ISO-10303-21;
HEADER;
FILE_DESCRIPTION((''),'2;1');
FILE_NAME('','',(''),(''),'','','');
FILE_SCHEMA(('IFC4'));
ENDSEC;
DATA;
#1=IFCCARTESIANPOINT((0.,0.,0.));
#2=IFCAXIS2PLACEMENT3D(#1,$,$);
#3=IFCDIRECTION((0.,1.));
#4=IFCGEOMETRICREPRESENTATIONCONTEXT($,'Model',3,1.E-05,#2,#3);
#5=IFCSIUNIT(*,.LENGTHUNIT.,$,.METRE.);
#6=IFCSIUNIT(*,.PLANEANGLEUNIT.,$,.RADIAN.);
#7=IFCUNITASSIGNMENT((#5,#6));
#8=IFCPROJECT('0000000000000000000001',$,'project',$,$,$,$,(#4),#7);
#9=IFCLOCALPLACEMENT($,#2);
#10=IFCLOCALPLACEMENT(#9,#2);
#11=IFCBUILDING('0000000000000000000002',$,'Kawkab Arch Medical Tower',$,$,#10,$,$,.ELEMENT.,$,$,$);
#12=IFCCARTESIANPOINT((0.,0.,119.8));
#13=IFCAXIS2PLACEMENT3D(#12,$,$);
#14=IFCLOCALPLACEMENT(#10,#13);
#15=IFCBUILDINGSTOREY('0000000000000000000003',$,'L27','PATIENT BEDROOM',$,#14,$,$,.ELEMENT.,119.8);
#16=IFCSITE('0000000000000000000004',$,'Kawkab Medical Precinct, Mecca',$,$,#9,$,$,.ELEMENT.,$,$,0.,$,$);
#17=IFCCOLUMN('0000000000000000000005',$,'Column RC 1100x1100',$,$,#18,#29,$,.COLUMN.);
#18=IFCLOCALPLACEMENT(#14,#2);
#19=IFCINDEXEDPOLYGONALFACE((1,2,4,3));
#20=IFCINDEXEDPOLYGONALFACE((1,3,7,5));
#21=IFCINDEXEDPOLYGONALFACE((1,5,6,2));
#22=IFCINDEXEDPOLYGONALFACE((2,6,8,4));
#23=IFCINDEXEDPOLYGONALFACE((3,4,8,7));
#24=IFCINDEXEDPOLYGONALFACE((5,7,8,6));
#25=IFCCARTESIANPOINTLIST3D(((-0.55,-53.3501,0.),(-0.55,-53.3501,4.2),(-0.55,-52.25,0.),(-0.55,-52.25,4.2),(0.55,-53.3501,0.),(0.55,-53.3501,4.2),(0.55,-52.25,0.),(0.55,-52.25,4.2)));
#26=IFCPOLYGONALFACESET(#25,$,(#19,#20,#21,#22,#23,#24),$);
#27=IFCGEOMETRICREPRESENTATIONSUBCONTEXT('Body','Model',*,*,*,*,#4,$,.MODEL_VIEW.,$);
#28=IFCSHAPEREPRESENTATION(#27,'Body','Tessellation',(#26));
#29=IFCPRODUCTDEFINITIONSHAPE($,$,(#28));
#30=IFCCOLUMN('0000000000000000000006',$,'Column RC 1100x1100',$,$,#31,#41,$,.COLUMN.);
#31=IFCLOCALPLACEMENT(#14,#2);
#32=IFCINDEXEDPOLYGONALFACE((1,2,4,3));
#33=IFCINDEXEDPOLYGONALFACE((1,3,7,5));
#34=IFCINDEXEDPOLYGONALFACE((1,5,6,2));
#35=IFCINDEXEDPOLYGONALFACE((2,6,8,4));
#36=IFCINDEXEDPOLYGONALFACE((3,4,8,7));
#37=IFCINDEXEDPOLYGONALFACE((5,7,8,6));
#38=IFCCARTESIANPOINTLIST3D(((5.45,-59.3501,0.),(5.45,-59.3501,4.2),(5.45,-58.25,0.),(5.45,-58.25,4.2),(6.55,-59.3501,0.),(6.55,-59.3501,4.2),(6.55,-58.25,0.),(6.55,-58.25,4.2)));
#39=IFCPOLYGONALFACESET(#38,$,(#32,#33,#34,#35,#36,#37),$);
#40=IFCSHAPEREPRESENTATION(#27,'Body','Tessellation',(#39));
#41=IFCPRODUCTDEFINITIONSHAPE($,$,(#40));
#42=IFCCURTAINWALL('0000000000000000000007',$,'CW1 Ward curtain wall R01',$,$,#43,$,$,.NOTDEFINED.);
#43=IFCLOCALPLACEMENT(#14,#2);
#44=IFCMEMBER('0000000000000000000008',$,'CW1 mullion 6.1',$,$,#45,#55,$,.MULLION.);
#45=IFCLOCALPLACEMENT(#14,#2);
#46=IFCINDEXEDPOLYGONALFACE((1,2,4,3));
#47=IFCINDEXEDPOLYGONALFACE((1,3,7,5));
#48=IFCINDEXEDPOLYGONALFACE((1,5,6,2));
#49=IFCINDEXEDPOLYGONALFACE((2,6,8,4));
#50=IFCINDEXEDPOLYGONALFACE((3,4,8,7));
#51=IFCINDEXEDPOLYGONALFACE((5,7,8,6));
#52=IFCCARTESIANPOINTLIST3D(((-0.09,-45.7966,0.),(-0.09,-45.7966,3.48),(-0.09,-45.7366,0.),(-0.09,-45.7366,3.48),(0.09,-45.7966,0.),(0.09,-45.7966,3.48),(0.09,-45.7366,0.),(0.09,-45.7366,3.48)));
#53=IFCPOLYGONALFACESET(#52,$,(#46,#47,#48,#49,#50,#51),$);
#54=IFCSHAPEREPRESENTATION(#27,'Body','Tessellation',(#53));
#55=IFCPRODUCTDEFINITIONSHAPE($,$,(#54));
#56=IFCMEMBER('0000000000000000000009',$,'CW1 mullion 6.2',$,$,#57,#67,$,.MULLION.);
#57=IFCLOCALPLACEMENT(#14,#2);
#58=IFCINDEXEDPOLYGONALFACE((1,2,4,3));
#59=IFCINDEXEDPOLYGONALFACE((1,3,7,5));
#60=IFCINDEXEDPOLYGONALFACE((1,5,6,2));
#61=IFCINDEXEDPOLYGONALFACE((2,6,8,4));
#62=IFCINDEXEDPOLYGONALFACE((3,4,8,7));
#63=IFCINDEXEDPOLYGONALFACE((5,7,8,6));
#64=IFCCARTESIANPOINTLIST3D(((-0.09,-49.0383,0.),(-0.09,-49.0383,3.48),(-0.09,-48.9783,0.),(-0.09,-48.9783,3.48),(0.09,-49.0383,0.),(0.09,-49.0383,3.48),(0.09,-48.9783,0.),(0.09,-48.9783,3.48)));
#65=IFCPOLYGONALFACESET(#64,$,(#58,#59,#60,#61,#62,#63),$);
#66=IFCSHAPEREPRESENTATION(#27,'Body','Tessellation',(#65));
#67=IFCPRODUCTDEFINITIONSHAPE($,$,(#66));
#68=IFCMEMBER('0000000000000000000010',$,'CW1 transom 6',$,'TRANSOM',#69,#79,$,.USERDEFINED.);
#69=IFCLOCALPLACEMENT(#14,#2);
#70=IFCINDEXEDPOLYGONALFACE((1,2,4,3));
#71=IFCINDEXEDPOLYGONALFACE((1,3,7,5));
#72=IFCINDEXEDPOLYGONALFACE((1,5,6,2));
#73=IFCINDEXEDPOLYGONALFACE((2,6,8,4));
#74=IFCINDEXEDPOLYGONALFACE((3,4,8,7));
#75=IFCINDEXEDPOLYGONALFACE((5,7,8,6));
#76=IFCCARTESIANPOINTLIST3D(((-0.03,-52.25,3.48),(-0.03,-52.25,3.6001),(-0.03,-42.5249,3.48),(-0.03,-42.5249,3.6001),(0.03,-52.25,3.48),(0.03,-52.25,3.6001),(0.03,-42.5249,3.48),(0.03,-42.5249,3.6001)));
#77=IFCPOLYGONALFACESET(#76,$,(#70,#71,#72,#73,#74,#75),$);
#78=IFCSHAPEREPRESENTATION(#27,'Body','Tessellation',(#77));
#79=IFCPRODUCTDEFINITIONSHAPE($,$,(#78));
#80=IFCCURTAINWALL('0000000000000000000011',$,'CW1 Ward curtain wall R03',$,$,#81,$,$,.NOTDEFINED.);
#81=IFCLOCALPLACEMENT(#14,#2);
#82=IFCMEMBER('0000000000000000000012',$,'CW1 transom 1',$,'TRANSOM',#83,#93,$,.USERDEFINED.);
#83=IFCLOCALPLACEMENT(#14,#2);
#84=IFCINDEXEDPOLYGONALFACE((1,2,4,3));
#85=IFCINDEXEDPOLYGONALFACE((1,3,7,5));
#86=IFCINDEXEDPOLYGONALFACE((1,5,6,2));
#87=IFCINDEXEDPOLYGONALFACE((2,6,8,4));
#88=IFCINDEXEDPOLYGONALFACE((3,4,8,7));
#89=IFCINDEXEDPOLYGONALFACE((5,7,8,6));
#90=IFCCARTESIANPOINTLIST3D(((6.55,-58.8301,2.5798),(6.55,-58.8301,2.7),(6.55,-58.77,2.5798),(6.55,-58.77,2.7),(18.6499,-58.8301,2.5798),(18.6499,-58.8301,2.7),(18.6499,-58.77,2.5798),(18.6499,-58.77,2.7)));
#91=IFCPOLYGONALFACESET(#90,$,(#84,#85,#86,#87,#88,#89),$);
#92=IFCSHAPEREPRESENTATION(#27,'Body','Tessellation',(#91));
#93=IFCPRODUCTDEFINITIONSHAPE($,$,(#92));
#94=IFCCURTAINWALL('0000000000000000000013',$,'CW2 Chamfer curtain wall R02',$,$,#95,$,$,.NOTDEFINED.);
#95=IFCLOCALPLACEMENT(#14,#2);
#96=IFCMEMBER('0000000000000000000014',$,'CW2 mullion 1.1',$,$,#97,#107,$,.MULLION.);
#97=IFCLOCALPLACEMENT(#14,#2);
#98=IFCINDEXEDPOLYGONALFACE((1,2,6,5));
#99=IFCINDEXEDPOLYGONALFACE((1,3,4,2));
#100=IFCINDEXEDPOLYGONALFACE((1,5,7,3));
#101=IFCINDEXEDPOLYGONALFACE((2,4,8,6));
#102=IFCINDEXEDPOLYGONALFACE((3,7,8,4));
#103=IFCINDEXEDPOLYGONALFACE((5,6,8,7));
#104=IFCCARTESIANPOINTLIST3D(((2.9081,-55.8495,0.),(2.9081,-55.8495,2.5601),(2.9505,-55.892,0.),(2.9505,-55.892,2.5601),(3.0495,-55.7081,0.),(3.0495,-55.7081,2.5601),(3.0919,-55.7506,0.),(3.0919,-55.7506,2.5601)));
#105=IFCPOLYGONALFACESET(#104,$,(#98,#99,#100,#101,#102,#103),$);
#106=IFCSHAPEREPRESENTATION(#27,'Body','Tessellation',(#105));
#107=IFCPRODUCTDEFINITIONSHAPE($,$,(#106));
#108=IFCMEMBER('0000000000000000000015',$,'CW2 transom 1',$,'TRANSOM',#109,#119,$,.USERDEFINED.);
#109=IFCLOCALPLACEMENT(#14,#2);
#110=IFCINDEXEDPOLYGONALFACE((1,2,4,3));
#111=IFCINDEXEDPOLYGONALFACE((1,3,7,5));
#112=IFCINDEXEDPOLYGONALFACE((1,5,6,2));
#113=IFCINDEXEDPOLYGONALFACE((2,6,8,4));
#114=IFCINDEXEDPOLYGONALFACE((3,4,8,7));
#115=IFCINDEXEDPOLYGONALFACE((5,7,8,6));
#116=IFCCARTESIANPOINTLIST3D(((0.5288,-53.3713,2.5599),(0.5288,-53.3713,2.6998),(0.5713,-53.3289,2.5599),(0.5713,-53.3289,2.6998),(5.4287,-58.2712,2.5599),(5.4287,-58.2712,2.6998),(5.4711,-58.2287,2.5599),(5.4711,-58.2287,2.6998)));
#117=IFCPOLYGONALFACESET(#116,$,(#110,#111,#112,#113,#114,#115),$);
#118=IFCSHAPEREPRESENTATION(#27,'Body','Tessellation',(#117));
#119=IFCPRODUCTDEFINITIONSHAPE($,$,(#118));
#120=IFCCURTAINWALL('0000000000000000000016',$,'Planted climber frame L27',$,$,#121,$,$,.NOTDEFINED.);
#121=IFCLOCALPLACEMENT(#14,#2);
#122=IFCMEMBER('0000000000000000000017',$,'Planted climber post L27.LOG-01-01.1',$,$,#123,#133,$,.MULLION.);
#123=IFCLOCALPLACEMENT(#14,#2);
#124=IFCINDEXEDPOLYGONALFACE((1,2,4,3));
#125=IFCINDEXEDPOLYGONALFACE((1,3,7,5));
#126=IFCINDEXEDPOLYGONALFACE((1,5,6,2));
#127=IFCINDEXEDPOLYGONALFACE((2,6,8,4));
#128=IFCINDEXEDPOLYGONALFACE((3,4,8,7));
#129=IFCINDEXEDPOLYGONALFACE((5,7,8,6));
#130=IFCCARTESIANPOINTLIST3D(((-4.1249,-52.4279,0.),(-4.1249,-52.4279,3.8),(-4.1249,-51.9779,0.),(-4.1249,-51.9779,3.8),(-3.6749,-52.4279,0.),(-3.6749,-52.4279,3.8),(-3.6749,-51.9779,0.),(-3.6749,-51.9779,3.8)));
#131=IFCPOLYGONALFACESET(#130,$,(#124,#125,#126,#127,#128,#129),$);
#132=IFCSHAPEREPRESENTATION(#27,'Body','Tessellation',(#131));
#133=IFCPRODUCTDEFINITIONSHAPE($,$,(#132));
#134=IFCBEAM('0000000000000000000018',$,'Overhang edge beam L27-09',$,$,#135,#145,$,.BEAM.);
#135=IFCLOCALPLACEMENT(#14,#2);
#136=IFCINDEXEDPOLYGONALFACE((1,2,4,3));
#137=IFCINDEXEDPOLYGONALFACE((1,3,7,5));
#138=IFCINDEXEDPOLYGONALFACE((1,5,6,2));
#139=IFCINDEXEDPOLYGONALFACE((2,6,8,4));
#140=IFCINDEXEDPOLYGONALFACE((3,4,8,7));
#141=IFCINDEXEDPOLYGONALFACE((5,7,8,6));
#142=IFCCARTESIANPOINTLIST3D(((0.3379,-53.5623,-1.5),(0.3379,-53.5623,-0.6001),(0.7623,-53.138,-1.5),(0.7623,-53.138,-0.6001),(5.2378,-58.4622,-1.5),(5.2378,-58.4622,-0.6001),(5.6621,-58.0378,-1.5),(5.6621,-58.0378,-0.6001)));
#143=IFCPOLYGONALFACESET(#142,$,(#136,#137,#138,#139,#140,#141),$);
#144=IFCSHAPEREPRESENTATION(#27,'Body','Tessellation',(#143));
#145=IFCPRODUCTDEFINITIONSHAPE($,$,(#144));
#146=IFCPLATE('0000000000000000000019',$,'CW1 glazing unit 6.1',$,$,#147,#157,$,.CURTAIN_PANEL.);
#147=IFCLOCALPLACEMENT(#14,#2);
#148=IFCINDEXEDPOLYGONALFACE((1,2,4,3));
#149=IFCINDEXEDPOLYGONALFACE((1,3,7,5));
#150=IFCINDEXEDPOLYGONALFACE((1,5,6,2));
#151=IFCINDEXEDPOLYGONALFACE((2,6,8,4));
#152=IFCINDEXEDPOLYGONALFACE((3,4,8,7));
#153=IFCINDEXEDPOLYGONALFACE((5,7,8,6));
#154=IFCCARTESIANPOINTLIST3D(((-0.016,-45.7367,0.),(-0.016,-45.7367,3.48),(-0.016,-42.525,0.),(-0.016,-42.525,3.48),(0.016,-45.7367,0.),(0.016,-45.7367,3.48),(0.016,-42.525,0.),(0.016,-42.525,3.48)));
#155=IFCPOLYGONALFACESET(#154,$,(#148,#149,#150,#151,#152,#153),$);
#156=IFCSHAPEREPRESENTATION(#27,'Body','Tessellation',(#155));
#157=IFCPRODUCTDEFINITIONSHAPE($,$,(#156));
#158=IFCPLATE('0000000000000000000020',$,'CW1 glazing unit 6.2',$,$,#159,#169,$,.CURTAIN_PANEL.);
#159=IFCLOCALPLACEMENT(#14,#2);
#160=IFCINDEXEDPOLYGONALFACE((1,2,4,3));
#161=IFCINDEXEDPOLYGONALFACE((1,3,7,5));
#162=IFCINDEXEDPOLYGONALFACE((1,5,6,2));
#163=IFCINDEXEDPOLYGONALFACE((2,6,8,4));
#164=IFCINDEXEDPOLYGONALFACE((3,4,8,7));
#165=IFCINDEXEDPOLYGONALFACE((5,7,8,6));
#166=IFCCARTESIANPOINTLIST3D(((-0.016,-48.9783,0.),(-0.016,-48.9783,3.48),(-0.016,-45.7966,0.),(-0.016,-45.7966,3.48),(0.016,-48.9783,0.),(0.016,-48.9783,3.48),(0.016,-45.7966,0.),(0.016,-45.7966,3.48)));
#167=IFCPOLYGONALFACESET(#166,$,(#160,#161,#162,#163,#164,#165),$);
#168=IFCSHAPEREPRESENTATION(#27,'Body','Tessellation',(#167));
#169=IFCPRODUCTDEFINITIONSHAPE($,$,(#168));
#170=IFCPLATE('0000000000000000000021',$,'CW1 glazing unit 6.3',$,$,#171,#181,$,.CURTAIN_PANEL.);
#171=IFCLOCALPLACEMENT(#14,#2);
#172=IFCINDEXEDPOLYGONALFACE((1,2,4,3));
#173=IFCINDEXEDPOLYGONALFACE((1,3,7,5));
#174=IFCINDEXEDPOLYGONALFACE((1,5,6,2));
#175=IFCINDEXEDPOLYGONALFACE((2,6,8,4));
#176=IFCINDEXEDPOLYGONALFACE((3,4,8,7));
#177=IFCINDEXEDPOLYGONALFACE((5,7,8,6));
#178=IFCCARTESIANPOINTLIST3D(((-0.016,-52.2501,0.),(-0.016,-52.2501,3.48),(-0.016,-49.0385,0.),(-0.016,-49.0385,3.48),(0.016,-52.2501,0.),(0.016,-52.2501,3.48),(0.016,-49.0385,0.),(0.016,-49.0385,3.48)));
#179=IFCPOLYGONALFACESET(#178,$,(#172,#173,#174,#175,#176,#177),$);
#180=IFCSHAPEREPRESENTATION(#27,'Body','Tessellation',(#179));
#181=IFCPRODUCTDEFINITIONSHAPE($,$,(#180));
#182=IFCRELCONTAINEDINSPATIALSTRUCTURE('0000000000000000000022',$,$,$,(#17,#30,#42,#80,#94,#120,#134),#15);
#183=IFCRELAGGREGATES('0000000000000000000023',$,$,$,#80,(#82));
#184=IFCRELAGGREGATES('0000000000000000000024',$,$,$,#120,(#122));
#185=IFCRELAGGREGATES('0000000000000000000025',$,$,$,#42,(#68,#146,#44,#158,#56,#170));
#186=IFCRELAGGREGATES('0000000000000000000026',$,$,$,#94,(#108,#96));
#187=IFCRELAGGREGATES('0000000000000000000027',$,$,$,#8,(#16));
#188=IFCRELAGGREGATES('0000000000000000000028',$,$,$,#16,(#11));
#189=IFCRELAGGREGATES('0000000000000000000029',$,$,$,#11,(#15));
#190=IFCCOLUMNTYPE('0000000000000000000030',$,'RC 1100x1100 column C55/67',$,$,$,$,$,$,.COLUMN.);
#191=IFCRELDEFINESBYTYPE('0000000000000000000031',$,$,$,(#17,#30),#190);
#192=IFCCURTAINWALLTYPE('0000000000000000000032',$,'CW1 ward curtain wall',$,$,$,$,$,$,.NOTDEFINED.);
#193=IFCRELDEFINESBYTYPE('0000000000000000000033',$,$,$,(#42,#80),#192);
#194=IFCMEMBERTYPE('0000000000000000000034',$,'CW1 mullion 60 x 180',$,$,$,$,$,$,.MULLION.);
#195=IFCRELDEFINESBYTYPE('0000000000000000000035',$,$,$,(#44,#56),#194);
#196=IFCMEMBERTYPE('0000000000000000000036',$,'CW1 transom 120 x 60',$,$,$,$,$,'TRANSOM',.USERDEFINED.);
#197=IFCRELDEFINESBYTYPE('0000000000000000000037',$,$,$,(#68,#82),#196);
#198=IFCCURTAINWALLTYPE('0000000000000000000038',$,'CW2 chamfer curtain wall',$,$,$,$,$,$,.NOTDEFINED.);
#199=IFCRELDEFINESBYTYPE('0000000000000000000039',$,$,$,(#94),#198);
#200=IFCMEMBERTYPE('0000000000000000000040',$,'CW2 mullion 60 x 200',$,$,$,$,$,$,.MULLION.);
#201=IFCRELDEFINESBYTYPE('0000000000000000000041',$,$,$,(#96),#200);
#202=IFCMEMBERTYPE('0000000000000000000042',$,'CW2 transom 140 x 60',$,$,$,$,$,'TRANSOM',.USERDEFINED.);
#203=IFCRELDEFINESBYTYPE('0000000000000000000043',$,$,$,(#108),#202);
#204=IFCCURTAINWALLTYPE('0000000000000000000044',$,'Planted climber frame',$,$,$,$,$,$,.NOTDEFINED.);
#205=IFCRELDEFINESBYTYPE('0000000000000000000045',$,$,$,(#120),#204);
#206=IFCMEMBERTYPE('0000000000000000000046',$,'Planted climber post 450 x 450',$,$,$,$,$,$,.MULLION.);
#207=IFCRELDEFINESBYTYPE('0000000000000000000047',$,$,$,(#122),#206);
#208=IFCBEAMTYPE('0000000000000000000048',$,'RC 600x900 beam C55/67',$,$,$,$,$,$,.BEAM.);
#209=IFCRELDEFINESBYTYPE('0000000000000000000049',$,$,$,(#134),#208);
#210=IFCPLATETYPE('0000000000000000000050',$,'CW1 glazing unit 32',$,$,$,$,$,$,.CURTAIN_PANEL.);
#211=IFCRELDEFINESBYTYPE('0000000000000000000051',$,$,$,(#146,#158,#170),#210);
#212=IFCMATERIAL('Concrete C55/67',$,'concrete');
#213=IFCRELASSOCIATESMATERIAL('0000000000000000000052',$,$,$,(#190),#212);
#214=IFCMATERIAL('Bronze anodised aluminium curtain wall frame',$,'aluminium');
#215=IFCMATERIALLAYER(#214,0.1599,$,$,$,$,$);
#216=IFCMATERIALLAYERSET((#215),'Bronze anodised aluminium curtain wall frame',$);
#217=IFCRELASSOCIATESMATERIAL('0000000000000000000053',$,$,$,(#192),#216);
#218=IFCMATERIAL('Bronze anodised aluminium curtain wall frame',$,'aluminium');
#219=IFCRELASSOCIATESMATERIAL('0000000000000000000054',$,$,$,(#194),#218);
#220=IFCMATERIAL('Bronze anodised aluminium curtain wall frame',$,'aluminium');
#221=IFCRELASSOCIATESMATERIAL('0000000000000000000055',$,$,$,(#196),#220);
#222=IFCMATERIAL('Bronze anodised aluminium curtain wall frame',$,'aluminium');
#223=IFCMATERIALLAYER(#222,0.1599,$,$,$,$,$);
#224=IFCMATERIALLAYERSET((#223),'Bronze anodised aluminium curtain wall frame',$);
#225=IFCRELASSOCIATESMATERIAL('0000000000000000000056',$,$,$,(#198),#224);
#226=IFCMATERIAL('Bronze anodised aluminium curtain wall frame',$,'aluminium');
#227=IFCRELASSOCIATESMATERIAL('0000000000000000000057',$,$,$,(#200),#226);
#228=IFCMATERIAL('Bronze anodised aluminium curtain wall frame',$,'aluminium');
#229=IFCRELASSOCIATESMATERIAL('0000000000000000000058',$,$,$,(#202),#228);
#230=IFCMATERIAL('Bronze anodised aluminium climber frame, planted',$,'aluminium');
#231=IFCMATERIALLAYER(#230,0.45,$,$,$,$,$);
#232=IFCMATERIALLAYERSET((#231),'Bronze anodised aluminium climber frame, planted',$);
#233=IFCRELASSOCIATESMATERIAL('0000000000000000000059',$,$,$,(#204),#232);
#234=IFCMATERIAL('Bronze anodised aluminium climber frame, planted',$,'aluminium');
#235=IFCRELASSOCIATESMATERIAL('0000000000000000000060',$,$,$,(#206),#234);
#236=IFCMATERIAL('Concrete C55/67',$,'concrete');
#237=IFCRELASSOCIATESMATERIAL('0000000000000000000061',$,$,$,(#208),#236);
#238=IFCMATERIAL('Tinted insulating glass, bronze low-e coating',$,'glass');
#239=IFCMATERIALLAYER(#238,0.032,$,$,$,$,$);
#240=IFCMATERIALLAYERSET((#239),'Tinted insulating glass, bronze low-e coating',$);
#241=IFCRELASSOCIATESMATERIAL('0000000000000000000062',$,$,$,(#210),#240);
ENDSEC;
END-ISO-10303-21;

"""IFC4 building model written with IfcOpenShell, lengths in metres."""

from ifc_helpers import new_model, si_unit, direction, frame, origin, origin_2d, place, context, subcontext, project, spatial, rectangle, extrude, material, layer, layer_set, material_profile, profile_set, type_object, element, aggregate, save


model = new_model("IFC4")

# Units and contexts
model_context = context("Model", 3, precision=1e-05, world=origin(), true_north=direction((0.0, 1.0)))
body_context = subcontext(model_context, "Body", "Model", "MODEL_VIEW")
ifc_project = project(units=[si_unit("LENGTHUNIT", "METRE"), si_unit("PLANEANGLEUNIT", "RADIAN")], contexts=[model_context])

# Site, building, storey
site_placement = place(None, origin())
site = spatial("IfcSite", under=ifc_project, at=site_placement, Name="Kawkab Medical Precinct, Mecca", CompositionType="ELEMENT", RefElevation=0.0)
building_placement = place(site_placement, origin())
building = spatial("IfcBuilding", under=site, at=building_placement, Name="Kawkab Arch Medical Tower", CompositionType="ELEMENT")
storey_placement = place(building_placement, frame((0.0, 0.0, 119.8)))
storey = spatial("IfcBuildingStorey", under=building, at=storey_placement, Name="L27", Description="PATIENT BEDROOM", CompositionType="ELEMENT", Elevation=119.8)

# Columns
ifc_material_1 = material(Name="Concrete C55/67", Category="concrete")
ifc_material_profile_1 = material_profile(ifc_material_1, rectangle(XDim=1.1001, YDim=1.1001, at=origin_2d()), Name="RC 1100x1100")
ifc_profile_set_1 = profile_set([ifc_material_profile_1], Name="Concrete C55/67")
column_type = type_object("IfcColumnType", Name="RC 1100x1100 column C55/67", PredefinedType="COLUMN", material=ifc_profile_set_1)
for number, where, z_axis, x_axis, name in (
    (1, (0.0, -52.8, 0.0), (0.0, 0.0, 1.0), (1.0, 0.0, 0.0), "Column RC 1100x1100"),
    (2, (6.0, -58.8, 0.0), (0.0, 0.0, 1.0), (1.0, 0.0, 0.0), "Column RC 1100x1100"),
):
    element("IfcColumn", number, at=place(storey_placement, frame(where, z_axis=z_axis, x_axis=x_axis)), inside=storey, type_object=column_type, Name=name, PredefinedType="COLUMN", context=body_context, shape_type="SweptSolid", body=[
        extrude(rectangle(XDim=1.1001, YDim=1.1001, at=origin_2d()), origin(), (0.0, 0.0, 1.0), 4.2),
    ])

# Curtain wall, members
ifc_material_2 = material(Name="Bronze anodised aluminium curtain wall frame", Category="aluminium")
ifc_layer_1 = layer(ifc_material_2, 0.1599)
ifc_layer_set_1 = layer_set([ifc_layer_1], Name="Bronze anodised aluminium curtain wall frame")
curtain_wall_type_1 = type_object("IfcCurtainWallType", Name="CW1 ward curtain wall", PredefinedType="NOTDEFINED", material=ifc_layer_set_1)
placement = place(storey_placement, origin())
curtain_wall_1 = element("IfcCurtainWall", 3, at=placement, inside=storey, type_object=curtain_wall_type_1, Name="CW1 Ward curtain wall R01", PredefinedType="NOTDEFINED")
ifc_material_3 = material(Name="Bronze anodised aluminium curtain wall frame", Category="aluminium")
ifc_material_profile_2 = material_profile(ifc_material_3, rectangle(XDim=0.1799, YDim=0.0601, at=origin_2d()), Name="AL 60x180")
ifc_profile_set_2 = profile_set([ifc_material_profile_2], Name="Bronze anodised aluminium curtain wall frame")
member_type_1 = type_object("IfcMemberType", Name="CW1 mullion 60 x 180", PredefinedType="MULLION", material=ifc_profile_set_2)
member_1_placement = place(storey_placement, frame((0.0, -45.7666, 0.0), z_axis=(0.0, 0.0, 1.0), x_axis=(1.0, 0.0, 0.0)))
member_1 = element("IfcMember", 4, at=member_1_placement, type_object=member_type_1, Name="CW1 mullion 6.1", PredefinedType="MULLION", context=body_context, shape_type="SweptSolid", body=[
    extrude(rectangle(XDim=0.1799, YDim=0.0601, at=origin_2d()), origin(), (0.0, 0.0, 1.0), 3.48),
])
member_2_placement = place(storey_placement, frame((0.0, -49.0083, 0.0), z_axis=(0.0, 0.0, 1.0), x_axis=(1.0, 0.0, 0.0)))
member_2 = element("IfcMember", 5, at=member_2_placement, type_object=member_type_1, Name="CW1 mullion 6.2", PredefinedType="MULLION", context=body_context, shape_type="SweptSolid", body=[
    extrude(rectangle(XDim=0.1799, YDim=0.0601, at=origin_2d()), origin(), (0.0, 0.0, 1.0), 3.48),
])
ifc_material_4 = material(Name="Bronze anodised aluminium curtain wall frame", Category="aluminium")
ifc_material_profile_3 = material_profile(ifc_material_4, rectangle(XDim=0.0601, YDim=0.1201, at=origin_2d()), Name="AL 60x120")
ifc_profile_set_3 = profile_set([ifc_material_profile_3], Name="Bronze anodised aluminium curtain wall frame")
member_type_2 = type_object("IfcMemberType", Name="CW1 transom 120 x 60", ElementType="TRANSOM", PredefinedType="USERDEFINED", material=ifc_profile_set_3)
member_3_placement = place(storey_placement, frame((0.0, -42.5249, 3.54), z_axis=(0.0, -1.0, 0.0), x_axis=(1.0, 0.0, 0.0)))
member_3 = element("IfcMember", 6, at=member_3_placement, type_object=member_type_2, Name="CW1 transom 6", ObjectType="TRANSOM", PredefinedType="USERDEFINED", context=body_context, shape_type="SweptSolid", body=[
    extrude(rectangle(XDim=0.0601, YDim=0.1201, at=origin_2d()), origin(), (0.0, 0.0, 1.0), 9.7251),
])

# Curtain wall, member
curtain_wall_2 = element("IfcCurtainWall", 7, at=placement, inside=storey, type_object=curtain_wall_type_1, Name="CW1 Ward curtain wall R03", PredefinedType="NOTDEFINED")
member_4_placement = place(storey_placement, frame((6.55, -58.8, 2.6399), z_axis=(1.0, 0.0, 0.0), x_axis=(0.0, 1.0, 0.0)))
member_4 = element("IfcMember", 8, at=member_4_placement, type_object=member_type_2, Name="CW1 transom 1", ObjectType="TRANSOM", PredefinedType="USERDEFINED", context=body_context, shape_type="SweptSolid", body=[
    extrude(rectangle(XDim=0.0601, YDim=0.1201, at=origin_2d()), origin(), (0.0, 0.0, 1.0), 12.0999),
])
aggregate(curtain_wall_2, [member_4])

# Curtain wall, members
ifc_material_5 = material(Name="Bronze anodised aluminium curtain wall frame", Category="aluminium")
ifc_layer_2 = layer(ifc_material_5, 0.1599)
ifc_layer_set_2 = layer_set([ifc_layer_2], Name="Bronze anodised aluminium curtain wall frame")
curtain_wall_type_2 = type_object("IfcCurtainWallType", Name="CW2 chamfer curtain wall", PredefinedType="NOTDEFINED", material=ifc_layer_set_2)
curtain_wall_3 = element("IfcCurtainWall", 9, at=placement, inside=storey, type_object=curtain_wall_type_2, Name="CW2 Chamfer curtain wall R02", PredefinedType="NOTDEFINED")
ifc_material_6 = material(Name="Bronze anodised aluminium curtain wall frame", Category="aluminium")
ifc_material_profile_4 = material_profile(ifc_material_6, rectangle(XDim=0.2, YDim=0.0601, at=origin_2d()), Name="AL 60x200")
ifc_profile_set_4 = profile_set([ifc_material_profile_4], Name="Bronze anodised aluminium curtain wall frame")
member_type_3 = type_object("IfcMemberType", Name="CW2 mullion 60 x 200", PredefinedType="MULLION", material=ifc_profile_set_4)
member_5_placement = place(storey_placement, frame((3.0, -55.8, 0.0), z_axis=(0.0, 0.0, 1.0), x_axis=(0.707107, 0.707107, 0.0)))
member_5 = element("IfcMember", 10, at=member_5_placement, type_object=member_type_3, Name="CW2 mullion 1.1", PredefinedType="MULLION", context=body_context, shape_type="SweptSolid", body=[
    extrude(rectangle(XDim=0.2, YDim=0.0601, at=origin_2d()), origin(), (0.0, 0.0, 1.0), 2.5601),
])
ifc_material_7 = material(Name="Bronze anodised aluminium curtain wall frame", Category="aluminium")
ifc_material_profile_5 = material_profile(ifc_material_7, rectangle(XDim=0.0601, YDim=0.1399, at=origin_2d()), Name="AL 60x140")
ifc_profile_set_5 = profile_set([ifc_material_profile_5], Name="Bronze anodised aluminium curtain wall frame")
member_type_4 = type_object("IfcMemberType", Name="CW2 transom 140 x 60", ElementType="TRANSOM", PredefinedType="USERDEFINED", material=ifc_profile_set_5)
member_6_placement = place(storey_placement, frame((0.55, -53.3501, 2.6299), z_axis=(0.707107, -0.707107, 0.0), x_axis=(0.707107, 0.707107, 0.0)))
member_6 = element("IfcMember", 11, at=member_6_placement, type_object=member_type_4, Name="CW2 transom 1", ObjectType="TRANSOM", PredefinedType="USERDEFINED", context=body_context, shape_type="SweptSolid", body=[
    extrude(rectangle(XDim=0.0601, YDim=0.1399, at=origin_2d()), origin(), (0.0, 0.0, 1.0), 6.9294),
])

# Curtain wall, member
ifc_material_8 = material(Name="Bronze anodised aluminium climber frame, planted", Category="aluminium")
ifc_layer_3 = layer(ifc_material_8, 0.45)
ifc_layer_set_3 = layer_set([ifc_layer_3], Name="Bronze anodised aluminium climber frame, planted")
curtain_wall_type_3 = type_object("IfcCurtainWallType", Name="Planted climber frame", PredefinedType="NOTDEFINED", material=ifc_layer_set_3)
curtain_wall_4 = element("IfcCurtainWall", 12, at=placement, inside=storey, type_object=curtain_wall_type_3, Name="Planted climber frame L27", PredefinedType="NOTDEFINED")
ifc_material_9 = material(Name="Bronze anodised aluminium climber frame, planted", Category="aluminium")
ifc_material_profile_6 = material_profile(ifc_material_9, rectangle(XDim=0.45, YDim=0.45, at=origin_2d()), Name="Post 450x450")
ifc_profile_set_6 = profile_set([ifc_material_profile_6], Name="Bronze anodised aluminium climber frame, planted")
member_type_5 = type_object("IfcMemberType", Name="Planted climber post 450 x 450", PredefinedType="MULLION", material=ifc_profile_set_6)
member_7_placement = place(storey_placement, frame((-3.8999, -52.2029, 0.0), z_axis=(0.0, 0.0, 1.0), x_axis=(1.0, 0.0, 0.0)))
member_7 = element("IfcMember", 13, at=member_7_placement, type_object=member_type_5, Name="Planted climber post L27.LOG-01-01.1", PredefinedType="MULLION", context=body_context, shape_type="SweptSolid", body=[
    extrude(rectangle(XDim=0.45, YDim=0.45, at=origin_2d()), origin(), (0.0, 0.0, 1.0), 3.8),
])
aggregate(curtain_wall_4, [member_7])

# Beam
ifc_material_10 = material(Name="Concrete C55/67", Category="concrete")
ifc_material_profile_7 = material_profile(ifc_material_10, rectangle(XDim=0.6001, YDim=0.8999, at=origin_2d()), Name="RC 600x900")
ifc_profile_set_7 = profile_set([ifc_material_profile_7], Name="Concrete C55/67")
beam_type = type_object("IfcBeamType", Name="RC 600x900 beam C55/67", PredefinedType="BEAM", material=ifc_profile_set_7)
beam_placement = place(storey_placement, frame((5.45, -58.25, -1.05), z_axis=(-0.707107, 0.707107, 0.0), x_axis=(-0.707107, -0.707107, 0.0)))
element("IfcBeam", 14, at=beam_placement, inside=storey, type_object=beam_type, Name="Overhang edge beam L27-09", PredefinedType="BEAM", context=body_context, shape_type="SweptSolid", body=[
    extrude(rectangle(XDim=0.6001, YDim=0.8999, at=origin_2d()), origin(), (0.0, 0.0, 1.0), 6.9294),
])

# Plates
ifc_material_11 = material(Name="Tinted insulating glass, bronze low-e coating", Category="glass")
ifc_layer_4 = layer(ifc_material_11, 0.032)
ifc_layer_set_4 = layer_set([ifc_layer_4], Name="Tinted insulating glass, bronze low-e coating")
plate_type_1 = type_object("IfcPlateType", Name="CW1 glazing unit 32", PredefinedType="CURTAIN_PANEL", material=ifc_layer_set_4)
plate_1_placement = place(storey_placement, frame((0.0, -44.1309, 0.0), z_axis=(0.0, 0.0, 1.0), x_axis=(0.0, -1.0, 0.0)))
plate_1 = element("IfcPlate", 15, at=plate_1_placement, type_object=plate_type_1, Name="CW1 glazing unit 6.1", PredefinedType="CURTAIN_PANEL", context=body_context, shape_type="SweptSolid", body=[
    extrude(rectangle(XDim=3.2117, YDim=0.032, at=origin_2d()), origin(), (0.0, 0.0, 1.0), 3.48),
])
plate_2_placement = place(storey_placement, frame((0.0, -47.3875, 0.0), z_axis=(0.0, 0.0, 1.0), x_axis=(0.0, -1.0, 0.0)))
plate_2 = element("IfcPlate", 16, at=plate_2_placement, type_object=plate_type_1, Name="CW1 glazing unit 6.2", PredefinedType="CURTAIN_PANEL", context=body_context, shape_type="SweptSolid", body=[
    extrude(rectangle(XDim=3.1816, YDim=0.032, at=origin_2d()), origin(), (0.0, 0.0, 1.0), 3.48),
])
plate_3_placement = place(storey_placement, frame((0.0, -50.6443, 0.0), z_axis=(0.0, 0.0, 1.0), x_axis=(0.0, -1.0, 0.0)))
plate_3 = element("IfcPlate", 17, at=plate_3_placement, type_object=plate_type_1, Name="CW1 glazing unit 6.3", PredefinedType="CURTAIN_PANEL", context=body_context, shape_type="SweptSolid", body=[
    extrude(rectangle(XDim=3.2117, YDim=0.032, at=origin_2d()), origin(), (0.0, 0.0, 1.0), 3.48),
])
aggregate(curtain_wall_1, [member_3, plate_1, member_1, plate_2, member_2, plate_3])
aggregate(curtain_wall_3, [member_6, member_5])

save(model, "model.ifc")
